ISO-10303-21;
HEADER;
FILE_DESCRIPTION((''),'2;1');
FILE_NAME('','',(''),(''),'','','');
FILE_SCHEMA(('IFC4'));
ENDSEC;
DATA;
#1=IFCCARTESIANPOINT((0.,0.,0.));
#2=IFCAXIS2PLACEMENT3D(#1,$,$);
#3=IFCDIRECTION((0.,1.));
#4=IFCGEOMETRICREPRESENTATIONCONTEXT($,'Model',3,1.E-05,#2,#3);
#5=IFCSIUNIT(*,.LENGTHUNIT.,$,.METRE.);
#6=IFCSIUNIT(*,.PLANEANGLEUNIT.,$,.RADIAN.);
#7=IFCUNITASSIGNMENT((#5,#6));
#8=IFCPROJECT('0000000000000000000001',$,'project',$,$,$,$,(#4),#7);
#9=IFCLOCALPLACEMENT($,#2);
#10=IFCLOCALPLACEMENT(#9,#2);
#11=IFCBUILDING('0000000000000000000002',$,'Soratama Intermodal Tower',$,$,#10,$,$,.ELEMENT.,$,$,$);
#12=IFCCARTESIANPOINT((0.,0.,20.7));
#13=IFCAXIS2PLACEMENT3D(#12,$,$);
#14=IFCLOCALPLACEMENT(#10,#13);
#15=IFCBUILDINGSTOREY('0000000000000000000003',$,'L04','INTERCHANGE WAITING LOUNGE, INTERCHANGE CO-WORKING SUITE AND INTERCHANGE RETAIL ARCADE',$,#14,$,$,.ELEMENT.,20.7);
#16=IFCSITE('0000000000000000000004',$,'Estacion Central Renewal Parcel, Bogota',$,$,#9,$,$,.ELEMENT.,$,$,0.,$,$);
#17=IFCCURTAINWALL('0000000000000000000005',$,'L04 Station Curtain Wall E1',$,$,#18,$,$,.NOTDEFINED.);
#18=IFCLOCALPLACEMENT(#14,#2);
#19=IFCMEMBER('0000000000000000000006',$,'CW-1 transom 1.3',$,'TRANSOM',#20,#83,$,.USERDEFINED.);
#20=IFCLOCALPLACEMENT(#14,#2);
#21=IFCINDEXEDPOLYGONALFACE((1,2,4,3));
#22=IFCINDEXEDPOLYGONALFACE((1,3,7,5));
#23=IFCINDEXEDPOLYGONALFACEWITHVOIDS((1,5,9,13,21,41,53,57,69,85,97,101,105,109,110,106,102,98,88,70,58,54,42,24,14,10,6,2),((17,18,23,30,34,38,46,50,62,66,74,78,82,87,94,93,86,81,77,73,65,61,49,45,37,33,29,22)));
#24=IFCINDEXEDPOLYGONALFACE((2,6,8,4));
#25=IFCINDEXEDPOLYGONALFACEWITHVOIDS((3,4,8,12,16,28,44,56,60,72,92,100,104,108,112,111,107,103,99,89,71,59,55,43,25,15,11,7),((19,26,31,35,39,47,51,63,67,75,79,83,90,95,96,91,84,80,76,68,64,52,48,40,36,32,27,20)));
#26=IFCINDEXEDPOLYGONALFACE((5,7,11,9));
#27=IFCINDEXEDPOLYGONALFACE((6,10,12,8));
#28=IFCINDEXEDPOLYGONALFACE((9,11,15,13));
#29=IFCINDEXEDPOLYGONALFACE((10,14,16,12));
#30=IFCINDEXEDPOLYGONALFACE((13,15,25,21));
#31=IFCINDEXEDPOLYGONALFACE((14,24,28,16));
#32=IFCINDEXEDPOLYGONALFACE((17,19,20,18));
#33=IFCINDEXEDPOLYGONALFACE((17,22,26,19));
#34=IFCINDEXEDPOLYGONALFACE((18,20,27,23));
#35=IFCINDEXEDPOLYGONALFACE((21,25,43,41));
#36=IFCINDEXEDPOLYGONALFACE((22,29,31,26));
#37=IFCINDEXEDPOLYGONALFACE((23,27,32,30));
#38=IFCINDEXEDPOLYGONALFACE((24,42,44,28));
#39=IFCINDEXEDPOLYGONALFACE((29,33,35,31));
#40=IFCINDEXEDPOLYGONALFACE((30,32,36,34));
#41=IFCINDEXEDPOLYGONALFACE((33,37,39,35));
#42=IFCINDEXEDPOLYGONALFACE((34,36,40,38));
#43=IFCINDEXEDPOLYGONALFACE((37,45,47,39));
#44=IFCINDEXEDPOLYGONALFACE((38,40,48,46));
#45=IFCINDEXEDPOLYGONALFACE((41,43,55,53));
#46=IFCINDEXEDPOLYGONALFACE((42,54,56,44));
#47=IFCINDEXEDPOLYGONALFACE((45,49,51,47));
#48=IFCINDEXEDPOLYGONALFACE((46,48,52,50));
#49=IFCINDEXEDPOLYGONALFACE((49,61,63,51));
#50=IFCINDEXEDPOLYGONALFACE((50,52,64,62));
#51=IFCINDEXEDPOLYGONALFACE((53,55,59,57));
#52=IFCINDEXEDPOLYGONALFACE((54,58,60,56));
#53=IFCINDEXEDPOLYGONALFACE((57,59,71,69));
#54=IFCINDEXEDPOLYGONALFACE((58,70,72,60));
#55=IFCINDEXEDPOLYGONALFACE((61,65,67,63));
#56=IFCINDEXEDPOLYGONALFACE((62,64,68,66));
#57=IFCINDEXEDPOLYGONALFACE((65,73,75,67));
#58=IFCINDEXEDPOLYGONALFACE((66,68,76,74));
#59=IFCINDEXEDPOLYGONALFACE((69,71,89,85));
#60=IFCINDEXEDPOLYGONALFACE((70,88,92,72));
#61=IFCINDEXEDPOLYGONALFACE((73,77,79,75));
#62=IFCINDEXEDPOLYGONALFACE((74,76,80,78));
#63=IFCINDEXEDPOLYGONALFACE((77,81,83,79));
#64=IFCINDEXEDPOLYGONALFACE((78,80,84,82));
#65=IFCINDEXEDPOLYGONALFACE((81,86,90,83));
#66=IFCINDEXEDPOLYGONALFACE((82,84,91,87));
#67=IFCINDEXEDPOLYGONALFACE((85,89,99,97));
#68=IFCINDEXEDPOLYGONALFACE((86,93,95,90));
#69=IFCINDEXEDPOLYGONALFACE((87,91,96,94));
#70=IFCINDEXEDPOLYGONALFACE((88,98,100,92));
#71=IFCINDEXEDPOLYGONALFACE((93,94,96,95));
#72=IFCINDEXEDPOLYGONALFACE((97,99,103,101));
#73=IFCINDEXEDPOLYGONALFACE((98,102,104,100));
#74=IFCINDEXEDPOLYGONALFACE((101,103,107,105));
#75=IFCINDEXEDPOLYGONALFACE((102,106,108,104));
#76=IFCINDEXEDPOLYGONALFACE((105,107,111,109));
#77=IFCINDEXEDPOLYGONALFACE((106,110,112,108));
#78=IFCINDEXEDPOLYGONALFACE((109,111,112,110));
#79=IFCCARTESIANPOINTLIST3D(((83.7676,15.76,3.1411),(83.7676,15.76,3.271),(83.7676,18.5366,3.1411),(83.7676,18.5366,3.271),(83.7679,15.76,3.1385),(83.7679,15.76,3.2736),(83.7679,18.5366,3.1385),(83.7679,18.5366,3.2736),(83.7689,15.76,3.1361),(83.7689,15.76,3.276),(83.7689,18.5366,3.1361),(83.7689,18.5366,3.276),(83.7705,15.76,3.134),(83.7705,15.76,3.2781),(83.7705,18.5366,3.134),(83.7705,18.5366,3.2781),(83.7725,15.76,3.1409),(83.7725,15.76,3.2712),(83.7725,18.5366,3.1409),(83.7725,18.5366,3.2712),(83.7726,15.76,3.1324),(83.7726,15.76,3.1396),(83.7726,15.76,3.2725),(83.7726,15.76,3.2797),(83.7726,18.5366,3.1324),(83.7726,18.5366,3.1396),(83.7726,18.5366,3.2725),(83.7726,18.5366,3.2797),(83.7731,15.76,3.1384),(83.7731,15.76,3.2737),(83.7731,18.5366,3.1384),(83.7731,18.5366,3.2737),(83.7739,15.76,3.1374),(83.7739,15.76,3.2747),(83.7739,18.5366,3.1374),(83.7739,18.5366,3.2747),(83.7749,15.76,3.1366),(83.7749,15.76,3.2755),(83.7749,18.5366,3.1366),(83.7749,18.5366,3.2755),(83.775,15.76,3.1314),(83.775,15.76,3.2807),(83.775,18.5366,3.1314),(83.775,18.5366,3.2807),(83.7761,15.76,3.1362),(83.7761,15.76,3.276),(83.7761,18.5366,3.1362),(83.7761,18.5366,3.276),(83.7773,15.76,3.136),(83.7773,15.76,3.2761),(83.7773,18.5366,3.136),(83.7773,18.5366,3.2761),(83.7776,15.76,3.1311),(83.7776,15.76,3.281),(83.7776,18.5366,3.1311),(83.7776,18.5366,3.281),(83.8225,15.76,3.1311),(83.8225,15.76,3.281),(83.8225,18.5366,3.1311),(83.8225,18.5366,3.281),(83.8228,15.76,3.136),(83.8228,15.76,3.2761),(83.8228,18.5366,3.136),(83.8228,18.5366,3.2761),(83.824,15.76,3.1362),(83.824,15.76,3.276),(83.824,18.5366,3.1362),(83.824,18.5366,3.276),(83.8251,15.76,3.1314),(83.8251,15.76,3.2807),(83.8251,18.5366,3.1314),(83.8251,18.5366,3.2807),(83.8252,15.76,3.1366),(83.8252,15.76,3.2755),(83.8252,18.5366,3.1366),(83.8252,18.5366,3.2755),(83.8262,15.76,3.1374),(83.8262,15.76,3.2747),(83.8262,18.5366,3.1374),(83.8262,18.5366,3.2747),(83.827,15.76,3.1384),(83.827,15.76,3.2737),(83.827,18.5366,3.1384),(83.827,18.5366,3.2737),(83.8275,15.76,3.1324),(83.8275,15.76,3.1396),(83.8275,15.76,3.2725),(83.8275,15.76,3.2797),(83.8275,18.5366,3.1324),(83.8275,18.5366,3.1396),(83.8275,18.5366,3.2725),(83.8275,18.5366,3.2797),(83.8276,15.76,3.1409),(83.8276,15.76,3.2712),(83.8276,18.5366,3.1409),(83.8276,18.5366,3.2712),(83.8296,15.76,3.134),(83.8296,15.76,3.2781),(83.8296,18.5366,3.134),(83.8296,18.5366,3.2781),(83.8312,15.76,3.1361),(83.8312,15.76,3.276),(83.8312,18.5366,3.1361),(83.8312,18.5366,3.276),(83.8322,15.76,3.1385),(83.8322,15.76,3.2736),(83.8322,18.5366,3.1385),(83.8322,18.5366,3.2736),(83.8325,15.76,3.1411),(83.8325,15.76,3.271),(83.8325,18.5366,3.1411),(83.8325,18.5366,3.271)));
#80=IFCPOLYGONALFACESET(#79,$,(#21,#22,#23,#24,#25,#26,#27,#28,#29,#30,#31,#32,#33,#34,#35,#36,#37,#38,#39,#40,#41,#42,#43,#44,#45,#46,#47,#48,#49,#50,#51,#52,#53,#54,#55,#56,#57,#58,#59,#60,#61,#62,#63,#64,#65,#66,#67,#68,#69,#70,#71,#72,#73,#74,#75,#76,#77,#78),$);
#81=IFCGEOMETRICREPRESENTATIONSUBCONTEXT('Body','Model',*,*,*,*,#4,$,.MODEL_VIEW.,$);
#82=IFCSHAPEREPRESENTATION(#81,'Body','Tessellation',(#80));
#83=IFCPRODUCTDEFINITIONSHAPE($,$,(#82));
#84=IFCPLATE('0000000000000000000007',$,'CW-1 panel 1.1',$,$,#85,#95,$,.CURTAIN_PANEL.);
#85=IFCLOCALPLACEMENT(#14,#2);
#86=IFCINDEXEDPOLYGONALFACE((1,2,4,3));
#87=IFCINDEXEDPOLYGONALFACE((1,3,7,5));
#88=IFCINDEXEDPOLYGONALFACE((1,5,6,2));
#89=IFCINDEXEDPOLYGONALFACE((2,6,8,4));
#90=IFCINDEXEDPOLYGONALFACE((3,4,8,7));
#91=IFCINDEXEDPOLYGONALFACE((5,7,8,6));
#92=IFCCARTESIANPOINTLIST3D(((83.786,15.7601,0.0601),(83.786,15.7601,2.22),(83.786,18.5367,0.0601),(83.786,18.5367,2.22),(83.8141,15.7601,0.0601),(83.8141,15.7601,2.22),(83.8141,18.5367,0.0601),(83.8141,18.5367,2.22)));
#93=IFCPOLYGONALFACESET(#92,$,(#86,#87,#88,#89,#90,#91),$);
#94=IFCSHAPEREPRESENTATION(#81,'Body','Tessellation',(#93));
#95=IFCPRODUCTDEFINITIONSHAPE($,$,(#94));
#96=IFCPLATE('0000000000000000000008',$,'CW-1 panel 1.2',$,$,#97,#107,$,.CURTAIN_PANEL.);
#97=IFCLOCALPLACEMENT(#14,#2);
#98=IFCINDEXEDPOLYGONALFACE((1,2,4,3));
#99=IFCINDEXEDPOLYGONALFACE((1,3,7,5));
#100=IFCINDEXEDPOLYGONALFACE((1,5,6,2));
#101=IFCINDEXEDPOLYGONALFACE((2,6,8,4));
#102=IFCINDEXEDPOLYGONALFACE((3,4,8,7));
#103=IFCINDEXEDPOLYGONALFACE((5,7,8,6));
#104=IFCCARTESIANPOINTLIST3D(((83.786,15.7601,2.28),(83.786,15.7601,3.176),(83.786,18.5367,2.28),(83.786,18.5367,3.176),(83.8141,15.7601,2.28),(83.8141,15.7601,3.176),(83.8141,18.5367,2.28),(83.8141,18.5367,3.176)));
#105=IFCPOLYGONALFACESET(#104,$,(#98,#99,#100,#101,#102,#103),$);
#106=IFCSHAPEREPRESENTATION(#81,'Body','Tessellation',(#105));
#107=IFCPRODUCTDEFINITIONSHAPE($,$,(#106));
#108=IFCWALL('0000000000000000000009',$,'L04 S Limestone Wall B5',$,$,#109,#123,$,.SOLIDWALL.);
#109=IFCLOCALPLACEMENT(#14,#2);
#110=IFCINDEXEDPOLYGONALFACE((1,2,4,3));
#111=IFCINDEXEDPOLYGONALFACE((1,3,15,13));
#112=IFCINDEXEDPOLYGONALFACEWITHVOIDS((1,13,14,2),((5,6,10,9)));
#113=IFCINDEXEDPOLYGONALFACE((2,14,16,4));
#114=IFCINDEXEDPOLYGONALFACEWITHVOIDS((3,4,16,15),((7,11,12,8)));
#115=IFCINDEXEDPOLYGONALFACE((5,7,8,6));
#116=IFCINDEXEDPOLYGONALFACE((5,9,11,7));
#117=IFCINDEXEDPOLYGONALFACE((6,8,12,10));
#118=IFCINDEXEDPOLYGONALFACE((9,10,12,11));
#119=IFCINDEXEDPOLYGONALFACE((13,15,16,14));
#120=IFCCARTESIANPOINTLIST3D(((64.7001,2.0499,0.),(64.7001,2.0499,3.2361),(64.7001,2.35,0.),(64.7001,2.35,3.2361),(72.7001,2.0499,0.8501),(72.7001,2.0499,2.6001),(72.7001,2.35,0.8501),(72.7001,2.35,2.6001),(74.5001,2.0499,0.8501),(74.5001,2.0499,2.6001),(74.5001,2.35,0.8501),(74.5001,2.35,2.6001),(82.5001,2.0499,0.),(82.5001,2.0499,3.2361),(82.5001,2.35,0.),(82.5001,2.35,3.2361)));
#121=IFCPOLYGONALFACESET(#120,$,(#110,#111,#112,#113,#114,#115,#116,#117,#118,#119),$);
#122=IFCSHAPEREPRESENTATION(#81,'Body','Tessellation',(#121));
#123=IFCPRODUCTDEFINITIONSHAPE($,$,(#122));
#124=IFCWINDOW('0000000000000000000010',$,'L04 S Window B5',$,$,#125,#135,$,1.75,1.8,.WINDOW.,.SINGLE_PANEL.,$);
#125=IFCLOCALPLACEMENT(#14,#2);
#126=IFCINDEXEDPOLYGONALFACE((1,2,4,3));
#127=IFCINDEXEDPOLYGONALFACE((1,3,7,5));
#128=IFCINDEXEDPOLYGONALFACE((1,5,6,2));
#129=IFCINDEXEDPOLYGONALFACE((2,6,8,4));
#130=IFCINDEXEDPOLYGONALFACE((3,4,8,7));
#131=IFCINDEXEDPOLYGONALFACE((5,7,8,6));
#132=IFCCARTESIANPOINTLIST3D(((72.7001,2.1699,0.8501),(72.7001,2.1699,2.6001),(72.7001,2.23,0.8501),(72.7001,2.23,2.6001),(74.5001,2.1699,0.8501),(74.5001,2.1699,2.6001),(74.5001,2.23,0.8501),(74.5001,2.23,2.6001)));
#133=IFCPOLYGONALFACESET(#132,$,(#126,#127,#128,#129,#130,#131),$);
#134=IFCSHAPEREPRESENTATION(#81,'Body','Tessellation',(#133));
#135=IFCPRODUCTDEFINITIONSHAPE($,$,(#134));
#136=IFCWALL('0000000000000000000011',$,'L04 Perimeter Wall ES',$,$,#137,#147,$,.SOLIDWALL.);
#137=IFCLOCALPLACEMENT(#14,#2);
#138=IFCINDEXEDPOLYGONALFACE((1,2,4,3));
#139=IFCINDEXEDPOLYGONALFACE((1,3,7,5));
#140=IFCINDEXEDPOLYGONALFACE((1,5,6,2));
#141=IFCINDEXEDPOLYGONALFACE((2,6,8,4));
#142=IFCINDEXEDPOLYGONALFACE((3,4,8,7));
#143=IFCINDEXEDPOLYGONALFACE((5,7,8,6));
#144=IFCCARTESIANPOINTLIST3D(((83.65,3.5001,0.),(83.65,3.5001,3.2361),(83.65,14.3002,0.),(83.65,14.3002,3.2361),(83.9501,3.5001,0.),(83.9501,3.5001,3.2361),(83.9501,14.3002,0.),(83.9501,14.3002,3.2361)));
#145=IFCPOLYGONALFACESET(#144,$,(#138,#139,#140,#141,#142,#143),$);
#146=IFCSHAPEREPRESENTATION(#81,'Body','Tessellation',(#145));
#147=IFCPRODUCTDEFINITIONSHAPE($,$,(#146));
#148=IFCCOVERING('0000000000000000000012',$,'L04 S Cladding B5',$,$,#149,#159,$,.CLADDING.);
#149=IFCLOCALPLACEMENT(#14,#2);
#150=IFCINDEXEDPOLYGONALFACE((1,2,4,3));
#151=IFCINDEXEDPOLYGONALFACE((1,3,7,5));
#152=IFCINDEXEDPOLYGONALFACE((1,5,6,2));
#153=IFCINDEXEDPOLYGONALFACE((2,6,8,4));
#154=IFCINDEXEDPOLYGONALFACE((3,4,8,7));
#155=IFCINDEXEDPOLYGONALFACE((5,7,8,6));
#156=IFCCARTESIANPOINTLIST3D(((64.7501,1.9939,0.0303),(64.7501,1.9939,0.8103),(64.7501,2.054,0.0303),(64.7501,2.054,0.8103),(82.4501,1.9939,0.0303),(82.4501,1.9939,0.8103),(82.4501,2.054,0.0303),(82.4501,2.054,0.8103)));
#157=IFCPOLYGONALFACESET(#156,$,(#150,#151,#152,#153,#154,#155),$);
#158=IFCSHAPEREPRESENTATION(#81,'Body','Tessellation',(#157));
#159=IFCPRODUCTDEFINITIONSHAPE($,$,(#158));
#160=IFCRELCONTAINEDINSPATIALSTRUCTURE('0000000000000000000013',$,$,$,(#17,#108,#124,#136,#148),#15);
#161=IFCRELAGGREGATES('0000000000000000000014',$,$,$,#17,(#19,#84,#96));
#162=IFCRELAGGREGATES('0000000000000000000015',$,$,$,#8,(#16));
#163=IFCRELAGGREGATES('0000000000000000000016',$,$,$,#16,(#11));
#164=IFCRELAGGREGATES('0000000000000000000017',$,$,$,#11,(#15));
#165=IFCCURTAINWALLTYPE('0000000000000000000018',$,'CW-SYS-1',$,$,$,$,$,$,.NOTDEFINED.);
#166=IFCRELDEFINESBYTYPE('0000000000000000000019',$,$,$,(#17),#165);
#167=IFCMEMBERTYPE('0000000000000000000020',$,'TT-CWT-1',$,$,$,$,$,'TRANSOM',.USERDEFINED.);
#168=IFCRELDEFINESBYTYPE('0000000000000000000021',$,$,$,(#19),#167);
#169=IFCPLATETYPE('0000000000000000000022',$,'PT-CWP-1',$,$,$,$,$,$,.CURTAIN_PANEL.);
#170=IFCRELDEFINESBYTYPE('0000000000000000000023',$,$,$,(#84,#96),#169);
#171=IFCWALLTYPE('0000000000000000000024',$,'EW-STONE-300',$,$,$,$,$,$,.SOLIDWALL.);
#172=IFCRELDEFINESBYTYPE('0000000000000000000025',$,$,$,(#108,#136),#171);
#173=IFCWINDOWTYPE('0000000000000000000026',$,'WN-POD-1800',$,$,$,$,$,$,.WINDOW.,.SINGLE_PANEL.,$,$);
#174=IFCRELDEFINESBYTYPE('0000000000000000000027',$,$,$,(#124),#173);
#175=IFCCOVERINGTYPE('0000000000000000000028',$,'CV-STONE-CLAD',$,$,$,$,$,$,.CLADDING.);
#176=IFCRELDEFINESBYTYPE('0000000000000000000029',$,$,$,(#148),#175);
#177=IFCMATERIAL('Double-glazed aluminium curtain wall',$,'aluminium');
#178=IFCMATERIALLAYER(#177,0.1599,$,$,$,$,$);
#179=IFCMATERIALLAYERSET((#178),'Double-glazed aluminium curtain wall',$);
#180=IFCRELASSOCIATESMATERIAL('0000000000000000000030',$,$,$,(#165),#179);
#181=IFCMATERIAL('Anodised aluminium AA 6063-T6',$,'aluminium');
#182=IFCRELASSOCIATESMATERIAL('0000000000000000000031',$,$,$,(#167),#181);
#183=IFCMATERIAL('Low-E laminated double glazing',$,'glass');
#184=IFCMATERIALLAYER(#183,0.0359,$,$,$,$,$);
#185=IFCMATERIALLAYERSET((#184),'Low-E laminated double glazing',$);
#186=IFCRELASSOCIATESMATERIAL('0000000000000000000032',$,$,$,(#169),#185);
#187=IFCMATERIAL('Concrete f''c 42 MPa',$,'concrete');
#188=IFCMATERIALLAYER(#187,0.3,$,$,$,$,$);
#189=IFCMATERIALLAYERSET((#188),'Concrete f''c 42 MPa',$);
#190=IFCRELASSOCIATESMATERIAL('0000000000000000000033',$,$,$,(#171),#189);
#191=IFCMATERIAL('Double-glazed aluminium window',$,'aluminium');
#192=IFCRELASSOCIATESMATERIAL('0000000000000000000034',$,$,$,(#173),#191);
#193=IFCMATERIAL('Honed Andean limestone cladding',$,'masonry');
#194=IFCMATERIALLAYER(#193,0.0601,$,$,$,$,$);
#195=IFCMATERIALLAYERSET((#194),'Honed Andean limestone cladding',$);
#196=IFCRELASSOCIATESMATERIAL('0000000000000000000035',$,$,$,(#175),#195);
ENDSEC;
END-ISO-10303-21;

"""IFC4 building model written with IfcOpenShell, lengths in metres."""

from ifc_helpers import new_model, si_unit, direction, frame, frame_2d, origin, origin_2d, place, context, subcontext, project, spatial, rectangle, hollow_rectangle, extrude, material, layer, layer_set, material_profile, profile_set, type_object, element, fill, aggregate, save


model = new_model("IFC4")

# Units and contexts
model_context = context("Model", 3, precision=1e-05, world=origin(), true_north=direction((0.0, 1.0)))
body_context = subcontext(model_context, "Body", "Model", "MODEL_VIEW")
ifc_project = project(units=[si_unit("LENGTHUNIT", "METRE"), si_unit("PLANEANGLEUNIT", "RADIAN")], contexts=[model_context])

# Site, building, storey
site_placement = place(None, origin())
site = spatial("IfcSite", under=ifc_project, at=site_placement, Name="Estacion Central Renewal Parcel, Bogota", CompositionType="ELEMENT", RefElevation=0.0)
building_placement = place(site_placement, origin())
building = spatial("IfcBuilding", under=site, at=building_placement, Name="Soratama Intermodal Tower", CompositionType="ELEMENT")
storey_placement = place(building_placement, frame((0.0, 0.0, 20.7)))
storey = spatial("IfcBuildingStorey", under=building, at=storey_placement, Name="L04", Description="INTERCHANGE WAITING LOUNGE, INTERCHANGE CO-WORKING SUITE AND INTERCHANGE RETAIL ARCADE", CompositionType="ELEMENT", Elevation=20.7)

# Curtain wall, member, plates
ifc_material_1 = material(Name="Double-glazed aluminium curtain wall", Category="aluminium")
ifc_layer_1 = layer(ifc_material_1, 0.1599)
ifc_layer_set_1 = layer_set([ifc_layer_1], Name="Double-glazed aluminium curtain wall")
curtain_wall_type = type_object("IfcCurtainWallType", Name="CW-SYS-1", PredefinedType="NOTDEFINED", material=ifc_layer_set_1)
curtain_wall_placement = place(storey_placement, origin())
curtain_wall = element("IfcCurtainWall", 1, at=curtain_wall_placement, inside=storey, type_object=curtain_wall_type, Name="L04 Station Curtain Wall E1", PredefinedType="NOTDEFINED")
ifc_material_2 = material(Name="Anodised aluminium AA 6063-T6", Category="aluminium")
ifc_material_profile_1 = material_profile(ifc_material_2, hollow_rectangle(XDim=0.0649, YDim=0.1499, WallThickness=0.0049, InnerFilletRadius=0.0049, OuterFilletRadius=0.01, at=origin_2d()), Name="CWT150X65X5")
ifc_profile_set_1 = profile_set([ifc_material_profile_1], Name="Anodised aluminium AA 6063-T6")
member_type_1 = type_object("IfcMemberType", Name="TT-CWT-1", ElementType="TRANSOM", PredefinedType="USERDEFINED", material=ifc_profile_set_1)
member_1_placement = place(storey_placement, frame((83.8, 15.76, 3.2061), z_axis=(0.0, 1.0, 0.0), x_axis=(-1.0, 0.0, 0.0)))
member_1 = element("IfcMember", 2, at=member_1_placement, type_object=member_type_1, Name="CW-1 transom 1.3", ObjectType="TRANSOM", PredefinedType="USERDEFINED", context=body_context, shape_type="SweptSolid", body=[
    extrude(hollow_rectangle(XDim=0.0649, YDim=0.1499, WallThickness=0.0049, InnerFilletRadius=0.0049, OuterFilletRadius=0.01, at=origin_2d()), origin(), (0.0, 0.0, 1.0), 2.7766),
])
ifc_material_3 = material(Name="Low-E laminated double glazing", Category="glass")
ifc_layer_2 = layer(ifc_material_3, 0.0359)
ifc_layer_set_2 = layer_set([ifc_layer_2], Name="Low-E laminated double glazing")
plate_type = type_object("IfcPlateType", Name="PT-CWP-1", PredefinedType="CURTAIN_PANEL", material=ifc_layer_set_2)
plate_1_placement = place(storey_placement, frame((83.8, 17.1484, 0.0601), z_axis=(0.0, 0.0, 1.0), x_axis=(0.0, 1.0, 0.0)))
plate_1 = element("IfcPlate", 3, at=plate_1_placement, type_object=plate_type, Name="CW-1 panel 1.1", PredefinedType="CURTAIN_PANEL", context=body_context, shape_type="SweptSolid", body=[
    extrude(rectangle(XDim=2.7766, YDim=0.0281, at=origin_2d()), origin(), (0.0, 0.0, 1.0), 2.1599),
])
plate_2_placement = place(storey_placement, frame((83.8, 17.1484, 2.28), z_axis=(0.0, 0.0, 1.0), x_axis=(0.0, 1.0, 0.0)))
plate_2 = element("IfcPlate", 4, at=plate_2_placement, type_object=plate_type, Name="CW-1 panel 1.2", PredefinedType="CURTAIN_PANEL", context=body_context, shape_type="SweptSolid", body=[
    extrude(rectangle(XDim=2.7766, YDim=0.0281, at=origin_2d()), origin(), (0.0, 0.0, 1.0), 0.896),
])
aggregate(curtain_wall, [member_1, plate_1, plate_2])

# Wall, opening, window
ifc_material_4 = material(Name="Concrete f'c 42 MPa", Category="concrete")
ifc_layer_3 = layer(ifc_material_4, 0.3)
ifc_layer_set_3 = layer_set([ifc_layer_3], Name="Concrete f'c 42 MPa")
wall_type = type_object("IfcWallType", Name="EW-STONE-300", PredefinedType="SOLIDWALL", material=ifc_layer_set_3)
wall_1_placement = place(storey_placement, frame((82.5, 2.2, 0.0), z_axis=(0.0, 0.0, 1.0), x_axis=(-1.0, 0.0, 0.0)))
wall_1 = element("IfcWall", 5, at=wall_1_placement, inside=storey, type_object=wall_type, Name="L04 S Limestone Wall B5", PredefinedType="SOLIDWALL", context=body_context, shape_type="SweptSolid", body=[
    extrude(rectangle(XDim=17.8, YDim=0.3, at=frame_2d((8.8999, 0.0))), origin(), (0.0, 0.0, 1.0), 3.2361),
])
opening_placement = place(wall_1_placement, frame((8.0, 0.0, 0.8501)))
opening = element("IfcOpeningElement", 6, at=opening_placement, cuts=wall_1, PredefinedType="OPENING", context=body_context, shape_type="SweptSolid", body=[
    extrude(rectangle(XDim=1.8, YDim=1.75, at=frame_2d((0.8999, 0.875))), frame((0.0, 0.1599, 0.0), z_axis=(0.0, -1.0, 0.0), x_axis=(1.0, 0.0, 0.0)), (0.0, 0.0, 1.0), 0.3201),
])
ifc_material_5 = material(Name="Double-glazed aluminium window", Category="aluminium")
window_type = type_object("IfcWindowType", Name="WN-POD-1800", PartitioningType="SINGLE_PANEL", PredefinedType="WINDOW", material=ifc_material_5)
window_placement = place(opening_placement, origin())
window = element("IfcWindow", 7, at=window_placement, inside=storey, type_object=window_type, Name="L04 S Window B5", OverallHeight=1.75, OverallWidth=1.8, PartitioningType="SINGLE_PANEL", PredefinedType="WINDOW", context=body_context, shape_type="SweptSolid", body=[
    extrude(rectangle(XDim=1.8, YDim=1.75, at=frame_2d((0.8999, 0.875))), frame((0.0, 0.03, 0.0), z_axis=(0.0, -1.0, 0.0), x_axis=(1.0, 0.0, 0.0)), (0.0, 0.0, 1.0), 0.0601),
])
fill(opening, window)

# Wall
wall_2_placement = place(storey_placement, frame((83.8, 14.3, 0.0), z_axis=(0.0, 0.0, 1.0), x_axis=(0.0, -1.0, 0.0)))
element("IfcWall", 8, at=wall_2_placement, inside=storey, type_object=wall_type, Name="L04 Perimeter Wall ES", PredefinedType="SOLIDWALL", context=body_context, shape_type="SweptSolid", body=[
    extrude(rectangle(XDim=10.8, YDim=0.3, at=frame_2d((5.3999, 0.0))), origin(), (0.0, 0.0, 1.0), 3.2361),
])

# Covering
ifc_material_6 = material(Name="Honed Andean limestone cladding", Category="masonry")
ifc_layer_4 = layer(ifc_material_6, 0.0601)
ifc_layer_set_4 = layer_set([ifc_layer_4], Name="Honed Andean limestone cladding")
covering_type = type_object("IfcCoveringType", Name="CV-STONE-CLAD", PredefinedType="CLADDING", material=ifc_layer_set_4)
covering_placement = place(storey_placement, frame((73.6001, 2.0239, 0.0303), z_axis=(0.0, 0.0, 1.0), x_axis=(1.0, 0.0, 0.0)))
element("IfcCovering", 9, at=covering_placement, inside=storey, type_object=covering_type, Name="L04 S Cladding B5", PredefinedType="CLADDING", context=body_context, shape_type="SweptSolid", body=[
    extrude(rectangle(XDim=17.7, YDim=0.0601, at=origin_2d()), origin(), (0.0, 0.0, 1.0), 0.78),
])

save(model, "model.ifc")
